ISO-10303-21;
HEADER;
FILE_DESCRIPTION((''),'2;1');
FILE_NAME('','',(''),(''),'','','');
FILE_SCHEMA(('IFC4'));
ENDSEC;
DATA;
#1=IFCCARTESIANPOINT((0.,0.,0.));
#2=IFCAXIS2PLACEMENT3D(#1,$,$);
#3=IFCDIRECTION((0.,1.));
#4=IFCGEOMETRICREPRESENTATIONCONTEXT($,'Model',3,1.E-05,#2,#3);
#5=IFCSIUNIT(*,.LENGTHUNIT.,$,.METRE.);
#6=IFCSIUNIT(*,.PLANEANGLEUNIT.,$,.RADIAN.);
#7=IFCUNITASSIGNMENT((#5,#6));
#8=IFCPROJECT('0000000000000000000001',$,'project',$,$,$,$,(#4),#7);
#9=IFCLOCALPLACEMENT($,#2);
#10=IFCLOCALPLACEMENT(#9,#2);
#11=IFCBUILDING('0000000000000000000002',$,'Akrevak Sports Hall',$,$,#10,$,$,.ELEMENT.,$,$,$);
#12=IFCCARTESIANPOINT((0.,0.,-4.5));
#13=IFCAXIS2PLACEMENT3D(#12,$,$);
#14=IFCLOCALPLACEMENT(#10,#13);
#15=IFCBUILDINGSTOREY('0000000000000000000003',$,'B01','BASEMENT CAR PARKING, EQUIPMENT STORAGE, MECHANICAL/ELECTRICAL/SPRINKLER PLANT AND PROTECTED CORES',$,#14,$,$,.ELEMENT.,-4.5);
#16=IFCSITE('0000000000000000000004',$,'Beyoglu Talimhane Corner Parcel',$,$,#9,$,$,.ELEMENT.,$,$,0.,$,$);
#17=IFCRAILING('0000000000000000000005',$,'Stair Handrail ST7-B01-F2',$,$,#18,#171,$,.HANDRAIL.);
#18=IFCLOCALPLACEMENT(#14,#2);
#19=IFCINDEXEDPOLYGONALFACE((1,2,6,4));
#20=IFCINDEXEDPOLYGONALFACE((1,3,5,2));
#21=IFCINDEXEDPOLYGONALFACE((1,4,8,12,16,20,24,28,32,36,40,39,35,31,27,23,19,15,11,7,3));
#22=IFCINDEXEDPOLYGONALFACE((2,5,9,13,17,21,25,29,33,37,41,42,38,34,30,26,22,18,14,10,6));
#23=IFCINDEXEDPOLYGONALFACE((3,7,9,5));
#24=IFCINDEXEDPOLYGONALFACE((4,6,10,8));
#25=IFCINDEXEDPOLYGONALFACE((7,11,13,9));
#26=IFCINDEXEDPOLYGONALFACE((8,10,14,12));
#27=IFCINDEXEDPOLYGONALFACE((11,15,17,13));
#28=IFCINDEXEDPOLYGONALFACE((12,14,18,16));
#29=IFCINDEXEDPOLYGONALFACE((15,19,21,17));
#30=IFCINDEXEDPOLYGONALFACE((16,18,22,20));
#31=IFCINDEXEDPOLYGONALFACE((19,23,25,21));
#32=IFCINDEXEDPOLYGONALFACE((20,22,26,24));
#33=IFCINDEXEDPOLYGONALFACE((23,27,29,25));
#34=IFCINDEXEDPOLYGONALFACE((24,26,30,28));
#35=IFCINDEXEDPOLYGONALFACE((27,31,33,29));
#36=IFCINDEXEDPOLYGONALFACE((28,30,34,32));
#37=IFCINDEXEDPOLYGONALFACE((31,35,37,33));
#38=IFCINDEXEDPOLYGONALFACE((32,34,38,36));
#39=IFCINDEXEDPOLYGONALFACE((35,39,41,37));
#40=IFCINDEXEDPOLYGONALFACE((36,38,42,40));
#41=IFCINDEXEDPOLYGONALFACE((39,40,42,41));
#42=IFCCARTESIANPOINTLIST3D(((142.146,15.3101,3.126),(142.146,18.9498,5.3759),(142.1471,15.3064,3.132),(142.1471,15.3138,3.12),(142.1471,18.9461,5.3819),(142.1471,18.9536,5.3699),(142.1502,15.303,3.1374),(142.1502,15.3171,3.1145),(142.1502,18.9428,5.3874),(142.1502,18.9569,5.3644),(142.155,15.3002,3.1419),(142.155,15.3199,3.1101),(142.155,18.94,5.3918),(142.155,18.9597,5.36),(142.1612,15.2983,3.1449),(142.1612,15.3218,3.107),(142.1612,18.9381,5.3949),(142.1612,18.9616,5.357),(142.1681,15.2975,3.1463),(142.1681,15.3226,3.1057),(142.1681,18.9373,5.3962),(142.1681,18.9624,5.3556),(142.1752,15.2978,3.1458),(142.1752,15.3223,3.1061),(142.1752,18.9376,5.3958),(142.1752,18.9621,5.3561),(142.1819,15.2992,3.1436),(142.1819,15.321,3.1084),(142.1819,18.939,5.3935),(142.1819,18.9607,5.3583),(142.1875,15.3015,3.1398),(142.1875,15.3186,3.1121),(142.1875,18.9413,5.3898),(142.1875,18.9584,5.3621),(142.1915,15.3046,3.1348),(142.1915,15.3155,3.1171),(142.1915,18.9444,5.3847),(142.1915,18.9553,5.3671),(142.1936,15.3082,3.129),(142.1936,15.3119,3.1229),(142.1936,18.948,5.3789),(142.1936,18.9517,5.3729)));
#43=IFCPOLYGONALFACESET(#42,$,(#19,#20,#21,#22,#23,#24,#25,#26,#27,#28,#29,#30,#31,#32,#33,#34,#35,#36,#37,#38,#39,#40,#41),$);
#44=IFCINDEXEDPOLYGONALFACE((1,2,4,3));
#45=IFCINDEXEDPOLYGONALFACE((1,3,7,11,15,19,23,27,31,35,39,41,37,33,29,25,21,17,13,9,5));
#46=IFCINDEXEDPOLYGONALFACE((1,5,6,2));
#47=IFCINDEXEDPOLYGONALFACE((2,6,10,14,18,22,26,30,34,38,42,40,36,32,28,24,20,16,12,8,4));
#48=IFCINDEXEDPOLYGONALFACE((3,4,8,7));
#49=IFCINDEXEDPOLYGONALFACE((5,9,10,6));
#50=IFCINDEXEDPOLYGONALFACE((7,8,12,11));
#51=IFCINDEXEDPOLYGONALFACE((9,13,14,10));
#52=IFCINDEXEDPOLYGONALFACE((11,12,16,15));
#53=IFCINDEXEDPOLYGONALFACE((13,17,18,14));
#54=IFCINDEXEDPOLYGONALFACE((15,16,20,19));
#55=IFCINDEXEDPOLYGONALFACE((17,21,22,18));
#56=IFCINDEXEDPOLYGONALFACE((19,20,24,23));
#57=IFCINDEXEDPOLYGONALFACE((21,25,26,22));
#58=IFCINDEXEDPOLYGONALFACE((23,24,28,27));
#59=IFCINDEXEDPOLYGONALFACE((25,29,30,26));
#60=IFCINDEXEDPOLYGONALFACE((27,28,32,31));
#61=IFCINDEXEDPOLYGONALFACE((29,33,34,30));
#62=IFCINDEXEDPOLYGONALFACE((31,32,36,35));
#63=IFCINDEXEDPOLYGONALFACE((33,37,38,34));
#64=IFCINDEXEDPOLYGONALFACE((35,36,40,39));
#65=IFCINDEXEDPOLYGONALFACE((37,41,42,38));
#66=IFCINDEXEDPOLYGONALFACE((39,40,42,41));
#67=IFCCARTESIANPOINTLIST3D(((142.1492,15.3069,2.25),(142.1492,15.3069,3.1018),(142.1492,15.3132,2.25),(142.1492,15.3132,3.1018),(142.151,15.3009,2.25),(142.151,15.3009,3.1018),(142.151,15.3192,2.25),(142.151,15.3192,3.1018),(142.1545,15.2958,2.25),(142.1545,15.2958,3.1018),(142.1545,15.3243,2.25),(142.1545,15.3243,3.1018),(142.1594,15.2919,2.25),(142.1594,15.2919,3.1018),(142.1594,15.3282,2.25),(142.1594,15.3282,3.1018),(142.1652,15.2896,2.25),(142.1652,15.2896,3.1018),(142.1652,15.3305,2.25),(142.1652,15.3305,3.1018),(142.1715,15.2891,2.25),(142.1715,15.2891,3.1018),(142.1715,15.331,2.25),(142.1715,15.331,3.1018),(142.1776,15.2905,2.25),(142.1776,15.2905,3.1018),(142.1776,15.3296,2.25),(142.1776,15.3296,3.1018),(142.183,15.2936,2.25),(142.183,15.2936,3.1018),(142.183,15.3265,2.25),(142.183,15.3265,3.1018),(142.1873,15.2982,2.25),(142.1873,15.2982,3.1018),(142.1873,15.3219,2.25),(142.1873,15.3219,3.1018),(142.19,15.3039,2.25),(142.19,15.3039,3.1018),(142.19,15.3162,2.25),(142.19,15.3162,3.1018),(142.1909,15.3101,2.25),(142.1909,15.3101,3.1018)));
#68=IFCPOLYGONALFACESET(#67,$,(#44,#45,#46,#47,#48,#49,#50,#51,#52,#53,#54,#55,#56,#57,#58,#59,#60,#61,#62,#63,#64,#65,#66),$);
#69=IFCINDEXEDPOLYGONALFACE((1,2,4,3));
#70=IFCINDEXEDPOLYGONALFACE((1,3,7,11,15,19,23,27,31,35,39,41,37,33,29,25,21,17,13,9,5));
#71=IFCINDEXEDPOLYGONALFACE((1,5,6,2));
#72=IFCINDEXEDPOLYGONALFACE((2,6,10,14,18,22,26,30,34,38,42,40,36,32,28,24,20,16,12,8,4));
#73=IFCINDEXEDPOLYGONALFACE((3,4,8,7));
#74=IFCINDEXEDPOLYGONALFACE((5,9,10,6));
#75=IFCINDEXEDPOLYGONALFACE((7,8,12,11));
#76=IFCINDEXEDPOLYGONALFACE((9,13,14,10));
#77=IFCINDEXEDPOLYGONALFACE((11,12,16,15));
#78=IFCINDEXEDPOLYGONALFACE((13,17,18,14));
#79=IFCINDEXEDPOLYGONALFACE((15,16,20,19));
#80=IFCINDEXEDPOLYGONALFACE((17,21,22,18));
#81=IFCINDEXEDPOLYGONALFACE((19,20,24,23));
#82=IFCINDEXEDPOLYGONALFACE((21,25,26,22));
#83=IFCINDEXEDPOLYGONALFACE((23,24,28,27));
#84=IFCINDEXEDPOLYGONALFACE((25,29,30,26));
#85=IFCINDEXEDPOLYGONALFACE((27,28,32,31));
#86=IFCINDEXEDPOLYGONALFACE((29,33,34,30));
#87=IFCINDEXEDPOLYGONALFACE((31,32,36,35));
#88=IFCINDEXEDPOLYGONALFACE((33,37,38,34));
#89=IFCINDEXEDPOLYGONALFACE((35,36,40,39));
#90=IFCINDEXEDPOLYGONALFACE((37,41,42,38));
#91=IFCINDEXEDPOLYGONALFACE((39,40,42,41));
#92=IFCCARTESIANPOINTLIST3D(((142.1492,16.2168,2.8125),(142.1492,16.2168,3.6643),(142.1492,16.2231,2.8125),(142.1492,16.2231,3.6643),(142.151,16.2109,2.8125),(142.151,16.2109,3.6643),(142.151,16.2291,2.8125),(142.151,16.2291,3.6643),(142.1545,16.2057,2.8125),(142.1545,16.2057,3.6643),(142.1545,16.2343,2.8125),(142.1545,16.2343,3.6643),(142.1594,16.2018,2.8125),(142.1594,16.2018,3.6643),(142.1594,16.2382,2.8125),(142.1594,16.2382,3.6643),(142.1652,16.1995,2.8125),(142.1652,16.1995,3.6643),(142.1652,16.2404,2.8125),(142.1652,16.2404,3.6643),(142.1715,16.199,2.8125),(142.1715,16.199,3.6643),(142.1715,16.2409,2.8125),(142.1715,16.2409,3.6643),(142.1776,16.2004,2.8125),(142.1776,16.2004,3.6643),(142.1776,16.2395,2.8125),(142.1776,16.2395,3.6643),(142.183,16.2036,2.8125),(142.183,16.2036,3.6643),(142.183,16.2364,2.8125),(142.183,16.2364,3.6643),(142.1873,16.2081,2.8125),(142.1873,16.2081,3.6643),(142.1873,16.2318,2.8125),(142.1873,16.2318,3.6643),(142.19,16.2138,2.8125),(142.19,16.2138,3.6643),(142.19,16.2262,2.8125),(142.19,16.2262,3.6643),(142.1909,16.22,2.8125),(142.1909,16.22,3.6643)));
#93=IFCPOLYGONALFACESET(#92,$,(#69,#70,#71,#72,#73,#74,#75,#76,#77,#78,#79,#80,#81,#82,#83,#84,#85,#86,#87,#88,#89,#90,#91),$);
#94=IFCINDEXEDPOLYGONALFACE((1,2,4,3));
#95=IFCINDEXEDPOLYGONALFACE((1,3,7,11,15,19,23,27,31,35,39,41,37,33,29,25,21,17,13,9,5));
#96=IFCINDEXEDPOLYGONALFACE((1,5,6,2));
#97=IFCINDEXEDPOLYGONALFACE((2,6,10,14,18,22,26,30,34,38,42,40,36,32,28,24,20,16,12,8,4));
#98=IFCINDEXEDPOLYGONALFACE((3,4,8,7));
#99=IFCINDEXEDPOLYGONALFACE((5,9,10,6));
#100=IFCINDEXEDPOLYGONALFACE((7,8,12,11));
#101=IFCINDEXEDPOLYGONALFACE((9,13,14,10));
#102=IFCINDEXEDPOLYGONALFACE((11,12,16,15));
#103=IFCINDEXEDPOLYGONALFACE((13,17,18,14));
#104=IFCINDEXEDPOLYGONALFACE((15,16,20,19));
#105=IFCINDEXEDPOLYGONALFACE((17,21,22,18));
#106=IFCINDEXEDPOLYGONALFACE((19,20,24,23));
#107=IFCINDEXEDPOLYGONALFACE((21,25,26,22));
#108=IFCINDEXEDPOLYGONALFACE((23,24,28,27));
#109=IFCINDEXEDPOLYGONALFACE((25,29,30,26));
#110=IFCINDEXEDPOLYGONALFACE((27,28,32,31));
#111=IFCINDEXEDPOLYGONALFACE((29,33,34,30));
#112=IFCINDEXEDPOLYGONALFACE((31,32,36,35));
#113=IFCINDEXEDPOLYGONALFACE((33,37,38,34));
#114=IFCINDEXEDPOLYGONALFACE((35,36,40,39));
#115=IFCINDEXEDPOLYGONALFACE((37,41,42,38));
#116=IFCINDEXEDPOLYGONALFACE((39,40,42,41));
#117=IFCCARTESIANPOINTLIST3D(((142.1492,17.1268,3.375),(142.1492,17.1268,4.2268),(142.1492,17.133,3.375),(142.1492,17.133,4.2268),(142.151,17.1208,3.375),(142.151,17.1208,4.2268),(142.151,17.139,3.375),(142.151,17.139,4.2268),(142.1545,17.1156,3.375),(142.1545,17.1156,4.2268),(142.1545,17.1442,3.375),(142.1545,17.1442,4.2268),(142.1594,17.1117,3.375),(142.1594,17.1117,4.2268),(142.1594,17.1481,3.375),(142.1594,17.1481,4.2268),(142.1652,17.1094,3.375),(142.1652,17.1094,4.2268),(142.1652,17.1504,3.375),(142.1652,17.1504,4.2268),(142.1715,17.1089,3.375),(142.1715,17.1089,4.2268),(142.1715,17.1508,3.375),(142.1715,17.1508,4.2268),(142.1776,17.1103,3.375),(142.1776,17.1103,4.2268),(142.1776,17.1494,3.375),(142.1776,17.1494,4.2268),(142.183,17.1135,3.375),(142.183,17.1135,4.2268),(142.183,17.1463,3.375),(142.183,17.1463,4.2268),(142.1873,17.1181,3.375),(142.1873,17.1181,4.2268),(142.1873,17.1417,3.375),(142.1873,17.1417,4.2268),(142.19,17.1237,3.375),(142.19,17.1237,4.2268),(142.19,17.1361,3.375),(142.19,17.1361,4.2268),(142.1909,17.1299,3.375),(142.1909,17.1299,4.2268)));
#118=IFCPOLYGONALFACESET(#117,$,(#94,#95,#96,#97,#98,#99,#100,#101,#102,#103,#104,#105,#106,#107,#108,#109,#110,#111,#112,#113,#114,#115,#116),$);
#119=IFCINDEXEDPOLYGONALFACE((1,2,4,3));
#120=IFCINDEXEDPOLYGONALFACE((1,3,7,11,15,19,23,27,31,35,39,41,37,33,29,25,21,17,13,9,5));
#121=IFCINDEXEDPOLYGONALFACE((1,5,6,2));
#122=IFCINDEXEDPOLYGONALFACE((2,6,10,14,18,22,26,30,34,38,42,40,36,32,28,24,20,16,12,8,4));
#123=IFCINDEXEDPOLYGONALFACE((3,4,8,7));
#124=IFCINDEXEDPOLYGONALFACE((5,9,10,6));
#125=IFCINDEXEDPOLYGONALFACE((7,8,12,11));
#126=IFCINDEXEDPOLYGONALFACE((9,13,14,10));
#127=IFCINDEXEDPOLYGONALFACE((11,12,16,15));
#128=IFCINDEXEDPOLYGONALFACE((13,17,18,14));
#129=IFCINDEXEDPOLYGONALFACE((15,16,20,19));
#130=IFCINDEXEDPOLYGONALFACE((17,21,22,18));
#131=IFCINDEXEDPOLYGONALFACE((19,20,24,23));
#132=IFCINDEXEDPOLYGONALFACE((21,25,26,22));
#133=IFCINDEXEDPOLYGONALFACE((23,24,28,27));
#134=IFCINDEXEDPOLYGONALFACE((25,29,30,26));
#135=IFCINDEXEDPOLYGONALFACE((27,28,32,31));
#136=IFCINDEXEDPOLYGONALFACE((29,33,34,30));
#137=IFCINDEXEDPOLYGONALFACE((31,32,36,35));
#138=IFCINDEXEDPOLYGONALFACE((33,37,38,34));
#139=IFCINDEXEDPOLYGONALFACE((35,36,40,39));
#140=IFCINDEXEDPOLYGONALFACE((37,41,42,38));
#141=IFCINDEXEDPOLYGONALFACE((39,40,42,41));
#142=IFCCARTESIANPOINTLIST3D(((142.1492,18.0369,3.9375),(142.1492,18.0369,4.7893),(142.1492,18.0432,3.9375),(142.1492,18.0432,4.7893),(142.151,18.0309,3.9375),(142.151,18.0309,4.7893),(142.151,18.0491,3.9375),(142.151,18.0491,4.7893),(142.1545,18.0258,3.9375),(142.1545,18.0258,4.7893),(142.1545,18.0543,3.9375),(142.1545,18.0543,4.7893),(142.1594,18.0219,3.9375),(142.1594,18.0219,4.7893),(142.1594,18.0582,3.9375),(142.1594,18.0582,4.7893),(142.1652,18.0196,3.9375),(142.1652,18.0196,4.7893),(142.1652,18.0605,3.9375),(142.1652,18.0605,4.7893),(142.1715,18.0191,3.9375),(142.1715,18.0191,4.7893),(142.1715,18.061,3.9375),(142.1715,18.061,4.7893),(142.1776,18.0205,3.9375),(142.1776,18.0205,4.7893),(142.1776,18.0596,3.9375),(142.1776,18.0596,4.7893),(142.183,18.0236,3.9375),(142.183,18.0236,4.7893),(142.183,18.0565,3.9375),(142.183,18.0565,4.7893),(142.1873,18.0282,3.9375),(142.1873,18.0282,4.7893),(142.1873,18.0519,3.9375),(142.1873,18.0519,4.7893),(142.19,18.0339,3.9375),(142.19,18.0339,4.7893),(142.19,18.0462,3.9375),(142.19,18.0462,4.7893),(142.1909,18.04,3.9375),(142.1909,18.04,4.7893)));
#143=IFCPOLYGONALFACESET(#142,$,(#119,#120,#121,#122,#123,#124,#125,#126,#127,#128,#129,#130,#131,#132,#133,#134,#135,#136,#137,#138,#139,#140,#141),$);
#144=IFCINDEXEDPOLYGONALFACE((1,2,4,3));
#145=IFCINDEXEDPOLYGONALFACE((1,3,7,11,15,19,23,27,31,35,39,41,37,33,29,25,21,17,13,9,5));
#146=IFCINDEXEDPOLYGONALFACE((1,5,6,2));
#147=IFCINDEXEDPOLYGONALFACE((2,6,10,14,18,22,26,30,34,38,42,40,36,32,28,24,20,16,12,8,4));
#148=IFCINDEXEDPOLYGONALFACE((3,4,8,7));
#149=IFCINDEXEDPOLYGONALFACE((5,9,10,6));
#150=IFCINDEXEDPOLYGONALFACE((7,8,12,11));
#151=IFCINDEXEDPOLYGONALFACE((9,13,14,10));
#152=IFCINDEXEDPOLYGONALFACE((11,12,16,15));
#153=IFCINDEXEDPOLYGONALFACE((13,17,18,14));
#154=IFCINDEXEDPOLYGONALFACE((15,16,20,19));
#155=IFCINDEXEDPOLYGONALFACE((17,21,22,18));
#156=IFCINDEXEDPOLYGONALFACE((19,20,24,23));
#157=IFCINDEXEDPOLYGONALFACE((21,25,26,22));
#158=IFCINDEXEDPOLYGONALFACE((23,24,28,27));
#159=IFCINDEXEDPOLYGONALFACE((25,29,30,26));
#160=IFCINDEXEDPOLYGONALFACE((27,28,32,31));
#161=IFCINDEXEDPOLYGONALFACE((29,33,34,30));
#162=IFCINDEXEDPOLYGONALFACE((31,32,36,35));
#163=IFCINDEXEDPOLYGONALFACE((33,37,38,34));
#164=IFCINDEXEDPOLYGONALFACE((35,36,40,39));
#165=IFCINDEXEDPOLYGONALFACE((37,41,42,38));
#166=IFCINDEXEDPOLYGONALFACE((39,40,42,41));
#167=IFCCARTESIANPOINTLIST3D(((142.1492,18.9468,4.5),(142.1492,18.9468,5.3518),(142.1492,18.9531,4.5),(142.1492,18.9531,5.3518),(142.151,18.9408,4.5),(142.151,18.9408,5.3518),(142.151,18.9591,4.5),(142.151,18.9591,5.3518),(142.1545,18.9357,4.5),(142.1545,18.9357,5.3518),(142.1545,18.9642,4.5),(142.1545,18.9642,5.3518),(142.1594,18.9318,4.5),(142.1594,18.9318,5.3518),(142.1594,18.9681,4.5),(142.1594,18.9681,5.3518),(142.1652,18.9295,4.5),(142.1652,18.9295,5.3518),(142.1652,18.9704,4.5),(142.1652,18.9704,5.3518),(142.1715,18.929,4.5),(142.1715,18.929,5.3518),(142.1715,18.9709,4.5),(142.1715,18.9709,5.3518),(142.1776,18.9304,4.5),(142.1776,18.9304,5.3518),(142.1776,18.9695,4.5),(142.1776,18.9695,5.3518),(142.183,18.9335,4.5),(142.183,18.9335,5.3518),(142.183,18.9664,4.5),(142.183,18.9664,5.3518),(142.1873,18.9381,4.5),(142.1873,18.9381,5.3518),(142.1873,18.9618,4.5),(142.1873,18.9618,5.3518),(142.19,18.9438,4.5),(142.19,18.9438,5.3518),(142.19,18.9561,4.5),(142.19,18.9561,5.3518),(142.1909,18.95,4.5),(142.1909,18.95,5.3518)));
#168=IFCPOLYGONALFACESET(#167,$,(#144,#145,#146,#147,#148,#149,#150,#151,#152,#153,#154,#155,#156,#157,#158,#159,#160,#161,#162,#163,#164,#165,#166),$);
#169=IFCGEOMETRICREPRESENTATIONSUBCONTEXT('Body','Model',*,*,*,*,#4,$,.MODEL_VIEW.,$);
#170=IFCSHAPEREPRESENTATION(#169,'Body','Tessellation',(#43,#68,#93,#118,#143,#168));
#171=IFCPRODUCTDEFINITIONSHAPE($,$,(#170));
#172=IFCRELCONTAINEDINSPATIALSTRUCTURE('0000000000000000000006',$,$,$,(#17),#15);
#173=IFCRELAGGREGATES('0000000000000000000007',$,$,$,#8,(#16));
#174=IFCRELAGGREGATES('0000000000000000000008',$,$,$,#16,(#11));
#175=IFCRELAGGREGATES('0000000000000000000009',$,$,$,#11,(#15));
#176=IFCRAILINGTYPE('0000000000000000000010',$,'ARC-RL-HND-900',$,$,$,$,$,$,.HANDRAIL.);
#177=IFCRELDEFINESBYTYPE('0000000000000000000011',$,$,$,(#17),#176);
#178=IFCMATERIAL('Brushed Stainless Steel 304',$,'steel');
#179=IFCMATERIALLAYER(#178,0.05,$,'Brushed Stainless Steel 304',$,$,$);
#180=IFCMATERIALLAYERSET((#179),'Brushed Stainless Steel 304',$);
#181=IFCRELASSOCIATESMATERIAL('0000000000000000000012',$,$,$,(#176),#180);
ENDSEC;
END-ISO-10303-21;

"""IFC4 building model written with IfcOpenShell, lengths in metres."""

from ifc_helpers import new_model, si_unit, direction, frame, origin, origin_2d, place, context, subcontext, project, spatial, circle, extrude, material, layer, layer_set, type_object, element, save


model = new_model("IFC4")

# Units and contexts
model_context = context("Model", 3, precision=1e-05, world=origin(), true_north=direction((0.0, 1.0)))
body_context = subcontext(model_context, "Body", "Model", "MODEL_VIEW")
ifc_project = project(units=[si_unit("LENGTHUNIT", "METRE"), si_unit("PLANEANGLEUNIT", "RADIAN")], contexts=[model_context])

# Site, building, storey
site_placement = place(None, origin())
site = spatial("IfcSite", under=ifc_project, at=site_placement, Name="Beyoglu Talimhane Corner Parcel", CompositionType="ELEMENT", RefElevation=0.0)
building_placement = place(site_placement, origin())
building = spatial("IfcBuilding", under=site, at=building_placement, Name="Akrevak Sports Hall", CompositionType="ELEMENT")
storey_placement = place(building_placement, frame((0.0, 0.0, -4.5)))
storey = spatial("IfcBuildingStorey", under=building, at=storey_placement, Name="B01", Description="BASEMENT CAR PARKING, EQUIPMENT STORAGE, MECHANICAL/ELECTRICAL/SPRINKLER PLANT AND PROTECTED CORES", CompositionType="ELEMENT", Elevation=-4.5)

# Railing
ifc_material_1 = material(Name="Brushed Stainless Steel 304", Category="steel")
ifc_layer_1 = layer(ifc_material_1, 0.05, Name="Brushed Stainless Steel 304")
ifc_layer_set_1 = layer_set([ifc_layer_1], Name="Brushed Stainless Steel 304")
railing_type_1 = type_object("IfcRailingType", Name="ARC-RL-HND-900", PredefinedType="HANDRAIL", material=ifc_layer_set_1)
railing_1_placement = place(storey_placement, frame((142.1699, 15.3101, 2.25)))
element("IfcRailing", 1, at=railing_1_placement, inside=storey, type_object=railing_type_1, Name="Stair Handrail ST7-B01-F2", PredefinedType="HANDRAIL", context=body_context, shape_type="SweptSolid", body=[
    extrude(circle(Radius=0.0239, at=origin_2d()), frame((0.0, 0.0, 0.876), z_axis=(0.0, 0.850607, 0.525803), x_axis=(-1.0, 0.0, 0.0)), (0.0, 0.0, 1.0), 4.2791),
    extrude(circle(Radius=0.021, at=origin_2d()), origin(), (0.0, 0.0, 1.0), 0.8518),
    extrude(circle(Radius=0.021, at=origin_2d()), frame((0.0, 0.9099, 0.5625)), (0.0, 0.0, 1.0), 0.8518),
    extrude(circle(Radius=0.021, at=origin_2d()), frame((0.0, 1.8198, 1.125)), (0.0, 0.0, 1.0), 0.8518),
    extrude(circle(Radius=0.021, at=origin_2d()), frame((0.0, 2.73, 1.6875)), (0.0, 0.0, 1.0), 0.8518),
    extrude(circle(Radius=0.021, at=origin_2d()), frame((0.0, 3.6399, 2.25)), (0.0, 0.0, 1.0), 0.8518),
])

save(model, "model.ifc")
